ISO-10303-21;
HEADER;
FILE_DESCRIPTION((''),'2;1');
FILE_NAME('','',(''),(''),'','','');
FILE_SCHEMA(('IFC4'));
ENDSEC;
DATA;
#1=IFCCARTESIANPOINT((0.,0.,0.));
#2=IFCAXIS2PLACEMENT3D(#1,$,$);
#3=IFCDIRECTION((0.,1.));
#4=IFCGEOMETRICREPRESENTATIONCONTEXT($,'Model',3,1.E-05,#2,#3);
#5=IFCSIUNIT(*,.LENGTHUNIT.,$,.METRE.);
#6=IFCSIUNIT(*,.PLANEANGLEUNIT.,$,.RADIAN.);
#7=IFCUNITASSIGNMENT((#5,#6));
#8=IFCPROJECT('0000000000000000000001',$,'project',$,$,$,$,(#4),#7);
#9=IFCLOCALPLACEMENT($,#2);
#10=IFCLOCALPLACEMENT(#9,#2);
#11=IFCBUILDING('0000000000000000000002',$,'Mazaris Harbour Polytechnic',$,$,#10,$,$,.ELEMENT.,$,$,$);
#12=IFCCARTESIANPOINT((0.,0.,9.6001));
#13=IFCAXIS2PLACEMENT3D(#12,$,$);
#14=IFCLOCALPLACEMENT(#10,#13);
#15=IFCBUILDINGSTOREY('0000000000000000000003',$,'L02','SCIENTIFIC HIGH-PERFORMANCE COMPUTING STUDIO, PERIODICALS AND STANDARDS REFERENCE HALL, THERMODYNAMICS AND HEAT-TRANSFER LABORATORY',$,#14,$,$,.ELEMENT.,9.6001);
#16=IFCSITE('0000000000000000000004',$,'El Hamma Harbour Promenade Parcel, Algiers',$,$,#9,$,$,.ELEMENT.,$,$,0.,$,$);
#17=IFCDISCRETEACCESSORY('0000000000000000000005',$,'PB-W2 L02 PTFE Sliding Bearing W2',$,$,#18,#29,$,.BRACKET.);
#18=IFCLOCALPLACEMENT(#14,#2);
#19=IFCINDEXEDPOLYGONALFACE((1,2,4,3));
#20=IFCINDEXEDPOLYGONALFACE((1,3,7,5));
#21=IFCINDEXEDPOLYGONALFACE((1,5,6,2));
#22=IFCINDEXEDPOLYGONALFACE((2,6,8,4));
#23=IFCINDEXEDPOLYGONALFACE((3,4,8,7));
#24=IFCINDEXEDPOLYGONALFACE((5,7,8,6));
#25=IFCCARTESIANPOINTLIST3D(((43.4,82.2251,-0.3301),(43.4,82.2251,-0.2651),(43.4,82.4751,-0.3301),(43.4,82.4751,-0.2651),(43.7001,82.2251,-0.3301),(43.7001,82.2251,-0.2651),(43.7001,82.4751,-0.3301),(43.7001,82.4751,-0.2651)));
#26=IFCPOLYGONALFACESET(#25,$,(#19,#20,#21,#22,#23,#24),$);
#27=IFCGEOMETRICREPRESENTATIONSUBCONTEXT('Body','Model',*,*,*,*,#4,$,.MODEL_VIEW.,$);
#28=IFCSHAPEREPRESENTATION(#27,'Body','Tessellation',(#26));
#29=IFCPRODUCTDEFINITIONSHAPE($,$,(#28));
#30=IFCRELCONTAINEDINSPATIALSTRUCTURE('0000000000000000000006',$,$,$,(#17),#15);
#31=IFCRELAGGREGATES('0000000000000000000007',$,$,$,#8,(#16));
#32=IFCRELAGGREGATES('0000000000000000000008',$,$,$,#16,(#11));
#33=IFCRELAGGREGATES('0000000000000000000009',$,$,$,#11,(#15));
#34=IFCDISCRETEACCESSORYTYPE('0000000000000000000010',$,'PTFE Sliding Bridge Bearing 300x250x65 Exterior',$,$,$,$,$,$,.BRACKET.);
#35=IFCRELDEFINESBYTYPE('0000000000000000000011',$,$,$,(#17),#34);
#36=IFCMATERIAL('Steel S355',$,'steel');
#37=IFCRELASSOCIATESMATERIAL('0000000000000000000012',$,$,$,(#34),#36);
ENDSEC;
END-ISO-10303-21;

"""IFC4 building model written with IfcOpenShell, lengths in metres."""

from ifc_helpers import new_model, si_unit, direction, frame, origin, origin_2d, place, context, subcontext, project, spatial, rectangle, extrude, material, type_object, element, save


model = new_model("IFC4")

# Units and contexts
model_context = context("Model", 3, precision=1e-05, world=origin(), true_north=direction((0.0, 1.0)))
body_context = subcontext(model_context, "Body", "Model", "MODEL_VIEW")
ifc_project = project(units=[si_unit("LENGTHUNIT", "METRE"), si_unit("PLANEANGLEUNIT", "RADIAN")], contexts=[model_context])

# Site, building, storey
site_placement = place(None, origin())
site = spatial("IfcSite", under=ifc_project, at=site_placement, Name="El Hamma Harbour Promenade Parcel, Algiers", CompositionType="ELEMENT", RefElevation=0.0)
building_placement = place(site_placement, origin())
building = spatial("IfcBuilding", under=site, at=building_placement, Name="Mazaris Harbour Polytechnic", CompositionType="ELEMENT")
storey_placement = place(building_placement, frame((0.0, 0.0, 9.6001)))
storey = spatial("IfcBuildingStorey", under=building, at=storey_placement, Name="L02", Description="SCIENTIFIC HIGH-PERFORMANCE COMPUTING STUDIO, PERIODICALS AND STANDARDS REFERENCE HALL, THERMODYNAMICS AND HEAT-TRANSFER LABORATORY", CompositionType="ELEMENT", Elevation=9.6001)

# Discrete accessory
ifc_material_1 = material(Name="Steel S355", Category="steel")
discrete_accessory_type = type_object("IfcDiscreteAccessoryType", Name="PTFE Sliding Bridge Bearing 300x250x65 Exterior", PredefinedType="BRACKET", material=ifc_material_1)
for number, where, z_axis, x_axis, name in (
    (1, (43.55, 82.3501, -0.3301), (0.0, 0.0, 1.0), (1.0, 0.0, 0.0), "PB-W2 L02 PTFE Sliding Bearing W2"),
):
    element("IfcDiscreteAccessory", number, at=place(storey_placement, frame(where, z_axis=z_axis, x_axis=x_axis)), inside=storey, type_object=discrete_accessory_type, Name=name, PredefinedType="BRACKET", context=body_context, shape_type="SweptSolid", body=[
        extrude(rectangle(XDim=0.3, YDim=0.25, at=origin_2d()), origin(), (0.0, 0.0, 1.0), 0.0649),
    ])

save(model, "model.ifc")
